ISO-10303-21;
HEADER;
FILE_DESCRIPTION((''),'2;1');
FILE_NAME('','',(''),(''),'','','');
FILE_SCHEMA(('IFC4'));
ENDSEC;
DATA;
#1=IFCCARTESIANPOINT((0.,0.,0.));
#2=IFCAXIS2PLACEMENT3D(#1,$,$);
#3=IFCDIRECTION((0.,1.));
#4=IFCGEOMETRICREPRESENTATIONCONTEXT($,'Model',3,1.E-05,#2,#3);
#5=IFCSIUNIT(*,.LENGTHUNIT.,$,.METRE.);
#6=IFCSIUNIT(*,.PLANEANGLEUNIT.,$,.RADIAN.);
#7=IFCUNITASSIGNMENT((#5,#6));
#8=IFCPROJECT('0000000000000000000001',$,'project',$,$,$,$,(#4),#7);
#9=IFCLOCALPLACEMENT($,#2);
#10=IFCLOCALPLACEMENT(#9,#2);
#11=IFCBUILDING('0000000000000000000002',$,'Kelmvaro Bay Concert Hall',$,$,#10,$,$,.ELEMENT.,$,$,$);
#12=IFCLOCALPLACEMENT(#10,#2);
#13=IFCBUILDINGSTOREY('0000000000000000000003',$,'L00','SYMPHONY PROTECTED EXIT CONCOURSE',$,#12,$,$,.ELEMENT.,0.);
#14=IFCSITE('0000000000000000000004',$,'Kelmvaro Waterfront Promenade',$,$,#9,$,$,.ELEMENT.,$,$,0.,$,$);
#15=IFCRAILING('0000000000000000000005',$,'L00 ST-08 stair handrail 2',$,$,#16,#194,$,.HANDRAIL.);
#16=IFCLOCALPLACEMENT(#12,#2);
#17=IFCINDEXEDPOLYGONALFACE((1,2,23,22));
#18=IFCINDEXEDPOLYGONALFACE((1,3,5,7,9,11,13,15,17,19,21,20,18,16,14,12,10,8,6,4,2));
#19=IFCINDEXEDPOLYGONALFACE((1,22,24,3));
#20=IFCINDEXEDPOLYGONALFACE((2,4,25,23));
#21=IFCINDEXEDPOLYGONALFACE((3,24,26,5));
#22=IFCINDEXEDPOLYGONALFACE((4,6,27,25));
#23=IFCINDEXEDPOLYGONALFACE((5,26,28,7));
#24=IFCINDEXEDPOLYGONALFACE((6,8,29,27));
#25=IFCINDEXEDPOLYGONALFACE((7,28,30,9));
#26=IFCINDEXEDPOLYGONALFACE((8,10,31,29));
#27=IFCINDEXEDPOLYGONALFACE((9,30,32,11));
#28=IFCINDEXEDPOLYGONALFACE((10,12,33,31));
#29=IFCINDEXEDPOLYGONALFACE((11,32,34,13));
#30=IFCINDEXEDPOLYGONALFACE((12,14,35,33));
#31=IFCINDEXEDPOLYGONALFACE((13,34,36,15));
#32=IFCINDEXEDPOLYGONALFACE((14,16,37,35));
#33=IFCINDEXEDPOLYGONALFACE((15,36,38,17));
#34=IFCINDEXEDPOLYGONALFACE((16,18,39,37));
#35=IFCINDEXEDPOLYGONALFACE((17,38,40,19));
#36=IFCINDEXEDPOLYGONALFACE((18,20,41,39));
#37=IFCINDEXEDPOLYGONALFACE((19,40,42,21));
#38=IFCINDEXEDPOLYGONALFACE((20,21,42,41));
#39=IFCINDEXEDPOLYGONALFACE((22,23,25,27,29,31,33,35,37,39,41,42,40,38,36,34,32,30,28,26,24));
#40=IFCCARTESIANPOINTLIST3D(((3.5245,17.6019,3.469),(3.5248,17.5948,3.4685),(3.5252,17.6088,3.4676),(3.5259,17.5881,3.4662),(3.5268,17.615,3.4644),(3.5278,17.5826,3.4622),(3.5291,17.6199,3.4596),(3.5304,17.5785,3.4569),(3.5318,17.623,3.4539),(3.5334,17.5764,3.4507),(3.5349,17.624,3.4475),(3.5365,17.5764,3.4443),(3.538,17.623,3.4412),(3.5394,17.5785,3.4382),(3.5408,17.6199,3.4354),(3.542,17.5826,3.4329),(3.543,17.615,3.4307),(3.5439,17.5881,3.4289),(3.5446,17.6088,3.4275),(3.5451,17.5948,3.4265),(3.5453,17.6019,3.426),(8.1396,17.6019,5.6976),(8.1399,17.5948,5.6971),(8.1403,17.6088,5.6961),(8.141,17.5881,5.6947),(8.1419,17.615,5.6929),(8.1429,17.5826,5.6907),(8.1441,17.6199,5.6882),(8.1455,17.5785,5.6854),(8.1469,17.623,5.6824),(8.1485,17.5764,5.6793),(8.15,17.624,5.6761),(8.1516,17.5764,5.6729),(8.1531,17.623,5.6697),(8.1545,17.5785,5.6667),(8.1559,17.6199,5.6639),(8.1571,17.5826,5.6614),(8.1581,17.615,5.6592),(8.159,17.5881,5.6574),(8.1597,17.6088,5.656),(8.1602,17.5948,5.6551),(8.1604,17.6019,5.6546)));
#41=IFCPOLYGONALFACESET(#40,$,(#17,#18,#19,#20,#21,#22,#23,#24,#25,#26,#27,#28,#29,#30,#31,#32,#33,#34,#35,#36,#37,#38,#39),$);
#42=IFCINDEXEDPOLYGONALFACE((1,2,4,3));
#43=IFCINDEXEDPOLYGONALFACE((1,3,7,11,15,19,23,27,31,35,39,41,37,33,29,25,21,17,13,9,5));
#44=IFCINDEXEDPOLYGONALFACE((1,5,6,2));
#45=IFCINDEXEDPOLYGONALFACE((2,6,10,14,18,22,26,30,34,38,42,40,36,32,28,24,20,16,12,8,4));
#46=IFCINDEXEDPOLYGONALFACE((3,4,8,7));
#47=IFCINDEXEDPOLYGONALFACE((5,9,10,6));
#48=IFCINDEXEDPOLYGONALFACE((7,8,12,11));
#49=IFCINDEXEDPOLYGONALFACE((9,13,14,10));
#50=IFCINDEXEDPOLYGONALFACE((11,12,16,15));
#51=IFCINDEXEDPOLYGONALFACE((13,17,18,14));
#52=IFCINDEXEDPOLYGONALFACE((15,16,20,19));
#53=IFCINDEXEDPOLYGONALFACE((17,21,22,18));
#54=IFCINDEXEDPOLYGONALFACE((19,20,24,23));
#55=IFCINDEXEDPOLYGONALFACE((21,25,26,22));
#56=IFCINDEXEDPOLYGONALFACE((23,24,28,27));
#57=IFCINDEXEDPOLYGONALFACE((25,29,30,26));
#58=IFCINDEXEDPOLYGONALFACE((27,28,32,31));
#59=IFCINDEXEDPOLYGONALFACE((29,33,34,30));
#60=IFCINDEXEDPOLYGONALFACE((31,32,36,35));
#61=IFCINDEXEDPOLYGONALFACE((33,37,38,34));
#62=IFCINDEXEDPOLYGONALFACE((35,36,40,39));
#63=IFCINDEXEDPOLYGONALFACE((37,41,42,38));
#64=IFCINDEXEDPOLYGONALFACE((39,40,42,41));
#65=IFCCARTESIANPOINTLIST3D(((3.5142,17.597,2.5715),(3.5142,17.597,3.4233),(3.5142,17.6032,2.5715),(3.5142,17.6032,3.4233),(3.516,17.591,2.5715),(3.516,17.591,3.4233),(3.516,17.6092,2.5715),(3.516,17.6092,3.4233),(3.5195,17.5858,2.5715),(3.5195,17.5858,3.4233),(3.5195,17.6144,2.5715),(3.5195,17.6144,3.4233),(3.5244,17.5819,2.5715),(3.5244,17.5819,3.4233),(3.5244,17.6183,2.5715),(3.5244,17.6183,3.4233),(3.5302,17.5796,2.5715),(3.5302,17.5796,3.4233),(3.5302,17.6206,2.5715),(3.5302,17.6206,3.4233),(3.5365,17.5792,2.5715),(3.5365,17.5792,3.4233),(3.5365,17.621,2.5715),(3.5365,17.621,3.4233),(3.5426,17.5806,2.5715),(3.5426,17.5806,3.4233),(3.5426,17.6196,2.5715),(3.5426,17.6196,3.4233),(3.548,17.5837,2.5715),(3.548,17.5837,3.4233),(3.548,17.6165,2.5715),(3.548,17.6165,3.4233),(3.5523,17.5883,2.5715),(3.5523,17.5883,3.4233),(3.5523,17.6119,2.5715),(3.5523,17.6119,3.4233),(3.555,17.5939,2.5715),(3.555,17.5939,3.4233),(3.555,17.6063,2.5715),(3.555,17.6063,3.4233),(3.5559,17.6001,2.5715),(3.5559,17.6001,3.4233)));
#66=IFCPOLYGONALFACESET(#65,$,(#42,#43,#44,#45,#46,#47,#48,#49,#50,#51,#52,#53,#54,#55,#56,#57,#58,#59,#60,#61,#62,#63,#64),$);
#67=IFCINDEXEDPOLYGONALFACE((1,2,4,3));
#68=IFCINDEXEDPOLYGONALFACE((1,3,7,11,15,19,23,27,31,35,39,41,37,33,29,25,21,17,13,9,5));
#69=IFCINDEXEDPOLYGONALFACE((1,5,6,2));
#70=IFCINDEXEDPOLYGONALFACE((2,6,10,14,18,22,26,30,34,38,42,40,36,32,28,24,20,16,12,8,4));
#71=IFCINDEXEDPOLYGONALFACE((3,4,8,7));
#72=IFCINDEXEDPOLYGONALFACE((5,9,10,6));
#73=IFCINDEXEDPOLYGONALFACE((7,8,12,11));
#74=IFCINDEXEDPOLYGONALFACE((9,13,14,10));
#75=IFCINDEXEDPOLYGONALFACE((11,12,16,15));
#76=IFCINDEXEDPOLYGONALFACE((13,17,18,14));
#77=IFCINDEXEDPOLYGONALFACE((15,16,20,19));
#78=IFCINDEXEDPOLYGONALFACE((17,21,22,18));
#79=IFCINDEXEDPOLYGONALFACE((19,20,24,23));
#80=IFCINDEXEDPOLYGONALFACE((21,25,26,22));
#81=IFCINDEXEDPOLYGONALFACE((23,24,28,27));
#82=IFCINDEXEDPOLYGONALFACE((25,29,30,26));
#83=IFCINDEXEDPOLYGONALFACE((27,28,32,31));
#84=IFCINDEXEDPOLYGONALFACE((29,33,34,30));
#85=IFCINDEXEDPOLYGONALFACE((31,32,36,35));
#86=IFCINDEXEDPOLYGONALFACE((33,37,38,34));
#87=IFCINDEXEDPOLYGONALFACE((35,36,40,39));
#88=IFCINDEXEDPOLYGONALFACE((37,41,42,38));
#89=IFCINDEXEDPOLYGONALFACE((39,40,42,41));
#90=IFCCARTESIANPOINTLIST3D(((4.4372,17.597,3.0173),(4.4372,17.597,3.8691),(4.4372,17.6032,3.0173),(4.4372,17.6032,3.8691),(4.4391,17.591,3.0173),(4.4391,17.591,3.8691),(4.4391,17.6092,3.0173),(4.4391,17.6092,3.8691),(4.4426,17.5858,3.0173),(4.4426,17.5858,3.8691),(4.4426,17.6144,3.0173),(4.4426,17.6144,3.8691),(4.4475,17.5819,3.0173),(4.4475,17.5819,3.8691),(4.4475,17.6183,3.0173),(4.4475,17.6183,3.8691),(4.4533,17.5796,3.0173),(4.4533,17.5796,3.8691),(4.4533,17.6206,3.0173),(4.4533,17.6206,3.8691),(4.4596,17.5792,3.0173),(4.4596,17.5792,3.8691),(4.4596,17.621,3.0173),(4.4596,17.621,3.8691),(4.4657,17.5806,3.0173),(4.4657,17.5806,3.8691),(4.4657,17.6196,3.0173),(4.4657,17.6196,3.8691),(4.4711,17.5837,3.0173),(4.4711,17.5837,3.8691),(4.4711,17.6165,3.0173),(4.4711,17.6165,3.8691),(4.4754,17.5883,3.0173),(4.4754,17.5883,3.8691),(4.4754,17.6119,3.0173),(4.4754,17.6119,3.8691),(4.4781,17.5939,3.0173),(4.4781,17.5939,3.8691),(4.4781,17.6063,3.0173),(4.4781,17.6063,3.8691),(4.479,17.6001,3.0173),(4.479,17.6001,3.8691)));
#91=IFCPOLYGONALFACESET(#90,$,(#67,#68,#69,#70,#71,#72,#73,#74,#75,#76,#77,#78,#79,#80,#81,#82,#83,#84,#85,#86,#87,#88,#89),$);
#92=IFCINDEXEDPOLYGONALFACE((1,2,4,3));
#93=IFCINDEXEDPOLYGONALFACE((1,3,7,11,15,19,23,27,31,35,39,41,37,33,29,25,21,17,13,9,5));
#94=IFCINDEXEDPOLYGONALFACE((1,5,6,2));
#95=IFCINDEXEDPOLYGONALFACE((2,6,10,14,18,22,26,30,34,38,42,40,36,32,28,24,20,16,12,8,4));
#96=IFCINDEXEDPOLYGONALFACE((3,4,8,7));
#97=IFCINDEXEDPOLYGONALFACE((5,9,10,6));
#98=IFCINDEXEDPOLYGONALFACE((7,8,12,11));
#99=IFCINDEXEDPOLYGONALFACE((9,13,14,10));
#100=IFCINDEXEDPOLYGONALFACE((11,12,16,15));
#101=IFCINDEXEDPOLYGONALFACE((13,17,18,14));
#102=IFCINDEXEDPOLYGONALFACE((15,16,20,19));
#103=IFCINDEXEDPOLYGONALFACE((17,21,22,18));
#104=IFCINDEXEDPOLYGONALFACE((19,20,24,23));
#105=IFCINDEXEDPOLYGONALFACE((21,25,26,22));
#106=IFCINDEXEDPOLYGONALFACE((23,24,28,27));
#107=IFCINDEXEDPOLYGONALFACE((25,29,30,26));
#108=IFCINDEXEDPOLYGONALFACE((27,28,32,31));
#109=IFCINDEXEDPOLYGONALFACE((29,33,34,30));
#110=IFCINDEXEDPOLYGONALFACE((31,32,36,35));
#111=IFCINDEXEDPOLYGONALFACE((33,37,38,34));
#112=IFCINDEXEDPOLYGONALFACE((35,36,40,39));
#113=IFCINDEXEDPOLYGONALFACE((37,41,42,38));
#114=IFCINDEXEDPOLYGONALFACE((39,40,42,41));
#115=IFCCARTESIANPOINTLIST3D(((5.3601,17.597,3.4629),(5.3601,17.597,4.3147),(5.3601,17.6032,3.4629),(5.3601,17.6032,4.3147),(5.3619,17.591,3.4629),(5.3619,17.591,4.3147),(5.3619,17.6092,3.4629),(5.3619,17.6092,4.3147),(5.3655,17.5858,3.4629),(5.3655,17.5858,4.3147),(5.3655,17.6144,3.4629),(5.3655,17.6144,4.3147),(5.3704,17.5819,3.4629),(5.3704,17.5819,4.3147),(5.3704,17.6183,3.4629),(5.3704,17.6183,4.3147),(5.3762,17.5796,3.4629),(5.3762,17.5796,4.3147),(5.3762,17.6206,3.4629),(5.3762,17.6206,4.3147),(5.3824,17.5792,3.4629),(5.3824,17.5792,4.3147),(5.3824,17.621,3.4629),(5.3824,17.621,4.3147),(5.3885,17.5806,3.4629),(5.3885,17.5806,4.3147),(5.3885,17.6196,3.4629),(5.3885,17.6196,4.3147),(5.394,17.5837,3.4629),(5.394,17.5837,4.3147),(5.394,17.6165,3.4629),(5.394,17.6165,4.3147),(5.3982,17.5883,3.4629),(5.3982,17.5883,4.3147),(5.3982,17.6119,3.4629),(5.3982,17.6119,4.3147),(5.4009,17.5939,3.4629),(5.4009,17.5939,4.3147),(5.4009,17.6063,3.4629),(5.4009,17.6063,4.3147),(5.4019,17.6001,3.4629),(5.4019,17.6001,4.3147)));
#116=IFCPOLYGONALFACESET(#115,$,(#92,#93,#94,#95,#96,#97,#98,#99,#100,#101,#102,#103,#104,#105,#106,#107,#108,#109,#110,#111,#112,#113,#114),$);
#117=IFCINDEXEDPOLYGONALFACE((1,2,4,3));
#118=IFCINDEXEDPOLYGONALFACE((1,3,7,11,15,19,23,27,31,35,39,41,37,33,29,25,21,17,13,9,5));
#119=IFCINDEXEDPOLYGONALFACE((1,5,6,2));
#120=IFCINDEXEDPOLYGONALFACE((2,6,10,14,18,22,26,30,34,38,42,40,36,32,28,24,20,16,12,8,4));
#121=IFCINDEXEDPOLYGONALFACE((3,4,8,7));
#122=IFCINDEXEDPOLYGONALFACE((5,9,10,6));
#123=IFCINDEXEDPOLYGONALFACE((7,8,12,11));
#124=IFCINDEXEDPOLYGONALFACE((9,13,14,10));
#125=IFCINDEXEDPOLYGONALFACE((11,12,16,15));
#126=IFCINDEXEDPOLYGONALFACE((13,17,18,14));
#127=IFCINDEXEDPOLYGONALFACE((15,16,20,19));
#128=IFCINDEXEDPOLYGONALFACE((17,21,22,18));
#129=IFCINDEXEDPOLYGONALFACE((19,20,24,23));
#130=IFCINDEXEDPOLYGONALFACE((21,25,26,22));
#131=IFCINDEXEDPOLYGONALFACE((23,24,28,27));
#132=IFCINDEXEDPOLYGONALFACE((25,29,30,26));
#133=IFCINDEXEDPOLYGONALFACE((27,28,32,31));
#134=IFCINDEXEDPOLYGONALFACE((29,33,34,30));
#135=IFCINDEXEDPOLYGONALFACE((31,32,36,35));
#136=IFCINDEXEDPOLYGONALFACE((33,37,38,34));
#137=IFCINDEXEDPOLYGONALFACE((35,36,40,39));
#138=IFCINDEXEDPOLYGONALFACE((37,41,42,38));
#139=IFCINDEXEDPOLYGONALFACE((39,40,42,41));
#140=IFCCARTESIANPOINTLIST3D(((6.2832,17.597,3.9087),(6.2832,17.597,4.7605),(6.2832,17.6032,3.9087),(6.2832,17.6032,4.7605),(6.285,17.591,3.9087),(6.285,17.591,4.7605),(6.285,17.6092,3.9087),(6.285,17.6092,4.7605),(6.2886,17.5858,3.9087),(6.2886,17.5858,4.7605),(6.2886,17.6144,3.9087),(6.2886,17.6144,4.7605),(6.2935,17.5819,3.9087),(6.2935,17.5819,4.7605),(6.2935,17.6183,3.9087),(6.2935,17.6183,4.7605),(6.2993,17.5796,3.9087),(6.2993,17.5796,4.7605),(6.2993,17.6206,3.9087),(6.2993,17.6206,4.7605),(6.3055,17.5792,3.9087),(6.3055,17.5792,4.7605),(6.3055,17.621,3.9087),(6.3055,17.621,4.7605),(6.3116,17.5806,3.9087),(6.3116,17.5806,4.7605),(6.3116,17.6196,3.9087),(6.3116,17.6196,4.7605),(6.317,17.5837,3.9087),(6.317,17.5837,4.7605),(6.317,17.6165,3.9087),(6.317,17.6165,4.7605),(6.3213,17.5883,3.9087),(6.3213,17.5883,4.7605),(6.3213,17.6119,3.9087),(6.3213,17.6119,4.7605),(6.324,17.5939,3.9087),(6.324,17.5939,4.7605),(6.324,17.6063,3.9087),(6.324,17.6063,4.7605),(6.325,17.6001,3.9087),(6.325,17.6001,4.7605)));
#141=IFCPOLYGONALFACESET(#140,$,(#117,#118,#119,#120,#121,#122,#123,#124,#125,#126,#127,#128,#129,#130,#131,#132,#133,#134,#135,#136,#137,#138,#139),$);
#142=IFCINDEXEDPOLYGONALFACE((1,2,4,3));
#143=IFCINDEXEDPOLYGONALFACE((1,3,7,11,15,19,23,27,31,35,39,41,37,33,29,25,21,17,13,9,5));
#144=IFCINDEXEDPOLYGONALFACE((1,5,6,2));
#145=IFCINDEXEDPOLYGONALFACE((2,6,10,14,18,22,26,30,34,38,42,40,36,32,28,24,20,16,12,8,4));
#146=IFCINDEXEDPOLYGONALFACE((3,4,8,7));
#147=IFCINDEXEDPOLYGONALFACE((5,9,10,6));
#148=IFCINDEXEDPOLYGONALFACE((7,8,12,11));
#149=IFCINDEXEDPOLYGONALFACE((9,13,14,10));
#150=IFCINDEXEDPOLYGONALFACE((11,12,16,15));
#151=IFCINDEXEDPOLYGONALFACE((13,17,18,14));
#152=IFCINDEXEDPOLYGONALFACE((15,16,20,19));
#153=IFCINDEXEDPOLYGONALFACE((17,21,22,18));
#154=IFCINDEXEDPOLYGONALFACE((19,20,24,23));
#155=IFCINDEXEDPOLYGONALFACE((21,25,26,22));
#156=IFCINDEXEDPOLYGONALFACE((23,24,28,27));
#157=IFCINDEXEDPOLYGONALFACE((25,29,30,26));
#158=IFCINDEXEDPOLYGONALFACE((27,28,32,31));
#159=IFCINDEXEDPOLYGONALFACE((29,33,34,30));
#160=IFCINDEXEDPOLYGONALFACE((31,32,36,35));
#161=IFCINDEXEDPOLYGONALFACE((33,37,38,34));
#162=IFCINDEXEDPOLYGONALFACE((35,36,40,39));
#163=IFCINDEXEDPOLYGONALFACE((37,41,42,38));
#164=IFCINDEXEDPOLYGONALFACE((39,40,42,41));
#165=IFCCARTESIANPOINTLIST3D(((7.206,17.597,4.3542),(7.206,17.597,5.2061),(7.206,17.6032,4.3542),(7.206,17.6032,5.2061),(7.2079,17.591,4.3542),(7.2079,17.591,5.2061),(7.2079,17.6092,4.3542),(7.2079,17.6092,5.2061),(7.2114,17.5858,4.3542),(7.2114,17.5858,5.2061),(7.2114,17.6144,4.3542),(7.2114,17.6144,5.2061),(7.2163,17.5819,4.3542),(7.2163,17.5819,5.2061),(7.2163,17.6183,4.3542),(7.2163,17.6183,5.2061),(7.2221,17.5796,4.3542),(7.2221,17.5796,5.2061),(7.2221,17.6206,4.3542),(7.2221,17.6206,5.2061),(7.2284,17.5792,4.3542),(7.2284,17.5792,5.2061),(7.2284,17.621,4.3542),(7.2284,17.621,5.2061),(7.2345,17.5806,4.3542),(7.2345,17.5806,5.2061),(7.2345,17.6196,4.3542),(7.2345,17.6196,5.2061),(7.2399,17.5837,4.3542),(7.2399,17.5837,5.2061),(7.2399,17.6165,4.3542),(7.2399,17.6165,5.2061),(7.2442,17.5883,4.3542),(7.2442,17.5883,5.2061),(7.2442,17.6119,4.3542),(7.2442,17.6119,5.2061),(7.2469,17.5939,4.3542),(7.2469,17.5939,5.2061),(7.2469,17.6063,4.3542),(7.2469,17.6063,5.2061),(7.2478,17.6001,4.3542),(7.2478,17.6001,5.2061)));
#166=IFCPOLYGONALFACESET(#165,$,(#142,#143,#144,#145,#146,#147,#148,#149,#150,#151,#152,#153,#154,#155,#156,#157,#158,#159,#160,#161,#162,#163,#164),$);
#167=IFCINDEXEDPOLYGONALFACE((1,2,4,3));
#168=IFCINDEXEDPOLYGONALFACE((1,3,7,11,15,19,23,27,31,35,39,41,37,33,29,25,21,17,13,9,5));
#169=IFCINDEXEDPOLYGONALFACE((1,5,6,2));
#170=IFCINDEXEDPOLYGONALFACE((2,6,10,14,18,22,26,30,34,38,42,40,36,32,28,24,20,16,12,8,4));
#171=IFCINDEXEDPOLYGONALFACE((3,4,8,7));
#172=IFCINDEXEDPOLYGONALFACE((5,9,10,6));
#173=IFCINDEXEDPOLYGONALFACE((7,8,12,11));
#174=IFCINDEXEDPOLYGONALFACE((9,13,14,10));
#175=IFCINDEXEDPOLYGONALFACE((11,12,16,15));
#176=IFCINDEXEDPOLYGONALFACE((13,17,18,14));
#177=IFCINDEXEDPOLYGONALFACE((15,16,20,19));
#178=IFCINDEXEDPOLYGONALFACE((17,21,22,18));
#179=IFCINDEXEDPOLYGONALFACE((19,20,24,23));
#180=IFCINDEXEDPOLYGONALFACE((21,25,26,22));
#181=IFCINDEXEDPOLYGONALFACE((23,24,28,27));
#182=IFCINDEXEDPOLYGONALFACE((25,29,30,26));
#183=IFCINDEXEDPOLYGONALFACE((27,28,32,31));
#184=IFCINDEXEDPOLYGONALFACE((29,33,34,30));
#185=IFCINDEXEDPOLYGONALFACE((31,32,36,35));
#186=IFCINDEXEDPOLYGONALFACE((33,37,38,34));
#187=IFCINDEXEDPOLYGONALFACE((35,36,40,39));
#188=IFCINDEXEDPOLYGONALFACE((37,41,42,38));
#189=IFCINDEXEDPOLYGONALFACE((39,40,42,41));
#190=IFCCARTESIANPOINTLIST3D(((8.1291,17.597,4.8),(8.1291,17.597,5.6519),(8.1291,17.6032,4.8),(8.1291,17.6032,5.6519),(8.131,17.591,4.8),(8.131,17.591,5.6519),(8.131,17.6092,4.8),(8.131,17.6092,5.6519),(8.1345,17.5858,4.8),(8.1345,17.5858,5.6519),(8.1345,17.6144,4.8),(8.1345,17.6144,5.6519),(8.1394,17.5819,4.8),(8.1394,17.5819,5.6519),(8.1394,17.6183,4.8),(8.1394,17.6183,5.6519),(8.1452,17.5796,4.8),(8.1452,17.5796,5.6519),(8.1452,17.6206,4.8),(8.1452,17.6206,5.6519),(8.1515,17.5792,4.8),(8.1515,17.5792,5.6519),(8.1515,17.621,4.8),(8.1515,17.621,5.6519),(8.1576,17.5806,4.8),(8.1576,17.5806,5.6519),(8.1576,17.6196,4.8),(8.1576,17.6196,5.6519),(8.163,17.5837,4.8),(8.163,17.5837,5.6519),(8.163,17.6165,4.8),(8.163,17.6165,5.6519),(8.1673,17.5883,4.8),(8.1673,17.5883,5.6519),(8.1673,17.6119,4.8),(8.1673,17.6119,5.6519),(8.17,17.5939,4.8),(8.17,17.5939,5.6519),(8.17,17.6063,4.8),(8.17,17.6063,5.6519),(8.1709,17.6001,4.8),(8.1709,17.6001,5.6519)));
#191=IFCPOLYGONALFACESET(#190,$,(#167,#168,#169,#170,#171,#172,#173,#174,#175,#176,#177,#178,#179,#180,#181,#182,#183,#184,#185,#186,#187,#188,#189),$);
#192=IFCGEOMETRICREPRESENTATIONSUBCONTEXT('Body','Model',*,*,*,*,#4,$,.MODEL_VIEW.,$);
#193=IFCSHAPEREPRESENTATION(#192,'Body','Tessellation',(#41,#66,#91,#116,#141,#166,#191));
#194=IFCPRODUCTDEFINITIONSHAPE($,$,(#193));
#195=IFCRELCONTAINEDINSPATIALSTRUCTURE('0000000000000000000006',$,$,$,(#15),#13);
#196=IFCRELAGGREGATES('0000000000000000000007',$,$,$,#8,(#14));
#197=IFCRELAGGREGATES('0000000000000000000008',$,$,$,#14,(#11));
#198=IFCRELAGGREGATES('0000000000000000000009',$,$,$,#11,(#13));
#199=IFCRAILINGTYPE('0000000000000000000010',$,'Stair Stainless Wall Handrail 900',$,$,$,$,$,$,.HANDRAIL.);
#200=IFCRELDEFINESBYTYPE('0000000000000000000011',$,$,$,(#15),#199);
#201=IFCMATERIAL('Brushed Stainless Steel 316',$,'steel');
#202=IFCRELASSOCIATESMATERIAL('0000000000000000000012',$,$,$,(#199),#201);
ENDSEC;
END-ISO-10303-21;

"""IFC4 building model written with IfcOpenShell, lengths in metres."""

from ifc_helpers import new_model, si_unit, direction, frame, origin, origin_2d, place, context, subcontext, project, spatial, circle, extrude, material, type_object, element, save


model = new_model("IFC4")

# Units and contexts
model_context = context("Model", 3, precision=1e-05, world=origin(), true_north=direction((0.0, 1.0)))
body_context = subcontext(model_context, "Body", "Model", "MODEL_VIEW")
ifc_project = project(units=[si_unit("LENGTHUNIT", "METRE"), si_unit("PLANEANGLEUNIT", "RADIAN")], contexts=[model_context])

# Site, building, storey
site_placement = place(None, origin())
site = spatial("IfcSite", under=ifc_project, at=site_placement, Name="Kelmvaro Waterfront Promenade", CompositionType="ELEMENT", RefElevation=0.0)
building_placement = place(site_placement, origin())
building = spatial("IfcBuilding", under=site, at=building_placement, Name="Kelmvaro Bay Concert Hall", CompositionType="ELEMENT")
storey_placement = place(building_placement, origin())
storey = spatial("IfcBuildingStorey", under=building, at=storey_placement, Name="L00", Description="SYMPHONY PROTECTED EXIT CONCOURSE", CompositionType="ELEMENT", Elevation=0.0)

# Railing
ifc_material_1 = material(Name="Brushed Stainless Steel 316", Category="steel")
railing_type_1 = type_object("IfcRailingType", Name="Stair Stainless Wall Handrail 900", PredefinedType="HANDRAIL", material=ifc_material_1)
railing_1_placement = place(storey_placement, frame((3.5349, 17.6001, 2.5715)))
element("IfcRailing", 1, at=railing_1_placement, inside=storey, type_object=railing_type_1, Name="L00 ST-08 stair handrail 2", PredefinedType="HANDRAIL", context=body_context, shape_type="SweptSolid", body=[
    extrude(circle(Radius=0.0239, at=origin_2d()), frame((0.0, 0.0, 0.876), z_axis=(0.900507, 0.0, 0.434842), x_axis=(0.0, 1.0, 0.0)), (0.0, 0.0, 1.0), 5.125),
    extrude(circle(Radius=0.021, at=origin_2d()), origin(), (0.0, 0.0, 1.0), 0.8518),
    extrude(circle(Radius=0.021, at=origin_2d()), frame((0.9231, 0.0, 0.4458)), (0.0, 0.0, 1.0), 0.8518),
    extrude(circle(Radius=0.021, at=origin_2d()), frame((1.8459, 0.0, 0.8914)), (0.0, 0.0, 1.0), 0.8518),
    extrude(circle(Radius=0.021, at=origin_2d()), frame((2.769, 0.0, 1.3372)), (0.0, 0.0, 1.0), 0.8518),
    extrude(circle(Radius=0.021, at=origin_2d()), frame((3.6919, 0.0, 1.7827)), (0.0, 0.0, 1.0), 0.8518),
    extrude(circle(Radius=0.021, at=origin_2d()), frame((4.615, 0.0, 2.2285)), (0.0, 0.0, 1.0), 0.8518),
])

save(model, "model.ifc")
